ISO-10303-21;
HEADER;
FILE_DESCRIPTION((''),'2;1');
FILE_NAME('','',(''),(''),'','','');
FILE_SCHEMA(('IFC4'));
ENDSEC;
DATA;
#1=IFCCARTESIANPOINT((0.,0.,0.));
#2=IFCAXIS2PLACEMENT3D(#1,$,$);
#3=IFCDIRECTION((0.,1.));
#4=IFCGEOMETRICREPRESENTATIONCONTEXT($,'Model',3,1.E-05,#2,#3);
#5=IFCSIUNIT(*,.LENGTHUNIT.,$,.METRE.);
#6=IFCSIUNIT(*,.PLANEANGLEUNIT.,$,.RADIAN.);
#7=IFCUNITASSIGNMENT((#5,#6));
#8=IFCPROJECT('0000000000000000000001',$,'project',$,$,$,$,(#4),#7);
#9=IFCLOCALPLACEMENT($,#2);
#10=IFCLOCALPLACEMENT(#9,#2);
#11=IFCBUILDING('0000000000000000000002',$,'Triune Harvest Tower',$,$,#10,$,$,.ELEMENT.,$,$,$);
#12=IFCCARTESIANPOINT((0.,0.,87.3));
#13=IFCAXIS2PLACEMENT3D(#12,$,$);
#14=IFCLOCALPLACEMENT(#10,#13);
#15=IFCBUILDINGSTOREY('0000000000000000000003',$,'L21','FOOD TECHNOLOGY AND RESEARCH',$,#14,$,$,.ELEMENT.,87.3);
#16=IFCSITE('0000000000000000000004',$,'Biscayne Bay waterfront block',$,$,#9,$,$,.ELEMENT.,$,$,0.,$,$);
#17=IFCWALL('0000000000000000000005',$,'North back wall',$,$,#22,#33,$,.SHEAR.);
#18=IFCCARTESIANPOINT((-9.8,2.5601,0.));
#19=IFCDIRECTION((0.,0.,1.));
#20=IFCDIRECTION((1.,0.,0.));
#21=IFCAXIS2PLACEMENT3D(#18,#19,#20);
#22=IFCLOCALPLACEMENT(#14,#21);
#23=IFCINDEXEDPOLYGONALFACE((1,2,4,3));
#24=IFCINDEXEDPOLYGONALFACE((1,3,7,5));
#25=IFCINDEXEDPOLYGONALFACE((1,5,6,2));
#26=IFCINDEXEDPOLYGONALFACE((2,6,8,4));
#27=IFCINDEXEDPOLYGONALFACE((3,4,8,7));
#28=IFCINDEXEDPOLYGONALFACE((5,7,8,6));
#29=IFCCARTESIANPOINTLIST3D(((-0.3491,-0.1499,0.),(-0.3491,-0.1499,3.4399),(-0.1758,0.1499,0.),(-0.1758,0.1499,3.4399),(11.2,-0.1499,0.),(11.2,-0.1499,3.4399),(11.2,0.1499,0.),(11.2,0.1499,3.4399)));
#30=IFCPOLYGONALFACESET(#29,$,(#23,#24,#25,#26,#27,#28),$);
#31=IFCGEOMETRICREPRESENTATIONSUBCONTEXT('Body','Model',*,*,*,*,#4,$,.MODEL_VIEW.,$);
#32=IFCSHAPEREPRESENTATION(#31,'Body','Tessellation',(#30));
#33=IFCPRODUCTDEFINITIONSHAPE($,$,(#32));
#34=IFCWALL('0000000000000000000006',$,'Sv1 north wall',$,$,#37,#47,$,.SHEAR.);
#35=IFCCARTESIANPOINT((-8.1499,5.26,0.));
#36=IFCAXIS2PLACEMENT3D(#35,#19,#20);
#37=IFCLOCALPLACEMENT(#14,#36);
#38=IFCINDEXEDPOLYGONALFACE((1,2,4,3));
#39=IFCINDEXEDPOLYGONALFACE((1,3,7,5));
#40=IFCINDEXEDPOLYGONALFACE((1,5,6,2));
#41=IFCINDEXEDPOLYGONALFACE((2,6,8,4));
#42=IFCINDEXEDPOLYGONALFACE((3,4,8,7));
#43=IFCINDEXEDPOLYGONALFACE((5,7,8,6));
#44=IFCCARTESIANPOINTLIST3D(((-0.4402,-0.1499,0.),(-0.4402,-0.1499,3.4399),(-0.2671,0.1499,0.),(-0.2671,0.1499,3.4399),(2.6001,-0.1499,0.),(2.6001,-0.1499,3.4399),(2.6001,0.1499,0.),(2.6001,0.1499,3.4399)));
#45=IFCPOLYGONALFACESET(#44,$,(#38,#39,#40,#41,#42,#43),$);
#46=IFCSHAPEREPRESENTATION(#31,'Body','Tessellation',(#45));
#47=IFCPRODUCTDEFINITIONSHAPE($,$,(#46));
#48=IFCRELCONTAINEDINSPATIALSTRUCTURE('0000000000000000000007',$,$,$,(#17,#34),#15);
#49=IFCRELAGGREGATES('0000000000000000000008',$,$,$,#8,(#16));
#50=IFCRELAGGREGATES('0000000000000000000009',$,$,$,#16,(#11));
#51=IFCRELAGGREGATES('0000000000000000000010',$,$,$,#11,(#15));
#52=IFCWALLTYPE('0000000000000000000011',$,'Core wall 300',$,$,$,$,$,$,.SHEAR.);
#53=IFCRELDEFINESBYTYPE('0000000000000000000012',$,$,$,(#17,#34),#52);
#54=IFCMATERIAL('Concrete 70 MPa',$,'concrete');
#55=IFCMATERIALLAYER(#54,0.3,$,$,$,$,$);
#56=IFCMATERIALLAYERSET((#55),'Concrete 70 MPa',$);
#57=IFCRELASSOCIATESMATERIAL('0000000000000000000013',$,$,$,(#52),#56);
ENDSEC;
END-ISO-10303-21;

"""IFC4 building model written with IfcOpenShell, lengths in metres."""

from ifc_helpers import new_model, si_unit, direction, frame, origin, place, context, subcontext, project, spatial, polyline, outline, extrude, source, transform, mapped, material, layer, layer_set, type_object, element, save


model = new_model("IFC4")

# Units and contexts
model_context = context("Model", 3, precision=1e-05, world=origin(), true_north=direction((0.0, 1.0)))
body_context = subcontext(model_context, "Body", "Model", "MODEL_VIEW")
ifc_project = project(units=[si_unit("LENGTHUNIT", "METRE"), si_unit("PLANEANGLEUNIT", "RADIAN")], contexts=[model_context])

# Site, building, storey
site_placement = place(None, origin())
site = spatial("IfcSite", under=ifc_project, at=site_placement, Name="Biscayne Bay waterfront block", CompositionType="ELEMENT", RefElevation=0.0)
building_placement = place(site_placement, origin())
building = spatial("IfcBuilding", under=site, at=building_placement, Name="Triune Harvest Tower", CompositionType="ELEMENT")
storey_placement = place(building_placement, frame((0.0, 0.0, 87.3)))
storey = spatial("IfcBuildingStorey", under=building, at=storey_placement, Name="L21", Description="FOOD TECHNOLOGY AND RESEARCH", CompositionType="ELEMENT", Elevation=87.3)

# Wall
ifc_material_1 = material(Name="Concrete 70 MPa", Category="concrete")
ifc_layer_1 = layer(ifc_material_1, 0.3)
ifc_layer_set_1 = layer_set([ifc_layer_1], Name="Concrete 70 MPa")
wall_type_1 = type_object("IfcWallType", Name="Core wall 300", PredefinedType="SHEAR", material=ifc_layer_set_1)
shared_shape_1 = source(origin(), body_context, "Body", "SweptSolid", [
    extrude(outline(polyline([(11.2, -0.1499), (-0.3491, -0.1499), (-0.1758, 0.1499), (11.2, 0.1499), (11.2, -0.1499)])), origin(), (0.0, 0.0, 1.0), 3.4399),
])
wall_1_placement = place(storey_placement, frame((-9.8, 2.5601, 0.0), z_axis=(0.0, 0.0, 1.0), x_axis=(1.0, 0.0, 0.0)))
element("IfcWall", 1, at=wall_1_placement, inside=storey, type_object=wall_type_1, Name="North back wall", PredefinedType="SHEAR", context=body_context, shape_type="MappedRepresentation", body=[
    mapped(shared_shape_1, transform((0.0, 0.0, 0.0), scale=1.0)),
])

# Wall
shared_shape_2 = source(origin(), body_context, "Body", "SweptSolid", [
    extrude(outline(polyline([(2.6001, -0.1499), (-0.4402, -0.1499), (-0.2671, 0.1499), (2.6001, 0.1499), (2.6001, -0.1499)])), origin(), (0.0, 0.0, 1.0), 3.4399),
])
wall_2_placement = place(storey_placement, frame((-8.1499, 5.26, 0.0), z_axis=(0.0, 0.0, 1.0), x_axis=(1.0, 0.0, 0.0)))
element("IfcWall", 2, at=wall_2_placement, inside=storey, type_object=wall_type_1, Name="Sv1 north wall", PredefinedType="SHEAR", context=body_context, shape_type="MappedRepresentation", body=[
    mapped(shared_shape_2, transform((0.0, 0.0, 0.0), scale=1.0)),
])

save(model, "model.ifc")
